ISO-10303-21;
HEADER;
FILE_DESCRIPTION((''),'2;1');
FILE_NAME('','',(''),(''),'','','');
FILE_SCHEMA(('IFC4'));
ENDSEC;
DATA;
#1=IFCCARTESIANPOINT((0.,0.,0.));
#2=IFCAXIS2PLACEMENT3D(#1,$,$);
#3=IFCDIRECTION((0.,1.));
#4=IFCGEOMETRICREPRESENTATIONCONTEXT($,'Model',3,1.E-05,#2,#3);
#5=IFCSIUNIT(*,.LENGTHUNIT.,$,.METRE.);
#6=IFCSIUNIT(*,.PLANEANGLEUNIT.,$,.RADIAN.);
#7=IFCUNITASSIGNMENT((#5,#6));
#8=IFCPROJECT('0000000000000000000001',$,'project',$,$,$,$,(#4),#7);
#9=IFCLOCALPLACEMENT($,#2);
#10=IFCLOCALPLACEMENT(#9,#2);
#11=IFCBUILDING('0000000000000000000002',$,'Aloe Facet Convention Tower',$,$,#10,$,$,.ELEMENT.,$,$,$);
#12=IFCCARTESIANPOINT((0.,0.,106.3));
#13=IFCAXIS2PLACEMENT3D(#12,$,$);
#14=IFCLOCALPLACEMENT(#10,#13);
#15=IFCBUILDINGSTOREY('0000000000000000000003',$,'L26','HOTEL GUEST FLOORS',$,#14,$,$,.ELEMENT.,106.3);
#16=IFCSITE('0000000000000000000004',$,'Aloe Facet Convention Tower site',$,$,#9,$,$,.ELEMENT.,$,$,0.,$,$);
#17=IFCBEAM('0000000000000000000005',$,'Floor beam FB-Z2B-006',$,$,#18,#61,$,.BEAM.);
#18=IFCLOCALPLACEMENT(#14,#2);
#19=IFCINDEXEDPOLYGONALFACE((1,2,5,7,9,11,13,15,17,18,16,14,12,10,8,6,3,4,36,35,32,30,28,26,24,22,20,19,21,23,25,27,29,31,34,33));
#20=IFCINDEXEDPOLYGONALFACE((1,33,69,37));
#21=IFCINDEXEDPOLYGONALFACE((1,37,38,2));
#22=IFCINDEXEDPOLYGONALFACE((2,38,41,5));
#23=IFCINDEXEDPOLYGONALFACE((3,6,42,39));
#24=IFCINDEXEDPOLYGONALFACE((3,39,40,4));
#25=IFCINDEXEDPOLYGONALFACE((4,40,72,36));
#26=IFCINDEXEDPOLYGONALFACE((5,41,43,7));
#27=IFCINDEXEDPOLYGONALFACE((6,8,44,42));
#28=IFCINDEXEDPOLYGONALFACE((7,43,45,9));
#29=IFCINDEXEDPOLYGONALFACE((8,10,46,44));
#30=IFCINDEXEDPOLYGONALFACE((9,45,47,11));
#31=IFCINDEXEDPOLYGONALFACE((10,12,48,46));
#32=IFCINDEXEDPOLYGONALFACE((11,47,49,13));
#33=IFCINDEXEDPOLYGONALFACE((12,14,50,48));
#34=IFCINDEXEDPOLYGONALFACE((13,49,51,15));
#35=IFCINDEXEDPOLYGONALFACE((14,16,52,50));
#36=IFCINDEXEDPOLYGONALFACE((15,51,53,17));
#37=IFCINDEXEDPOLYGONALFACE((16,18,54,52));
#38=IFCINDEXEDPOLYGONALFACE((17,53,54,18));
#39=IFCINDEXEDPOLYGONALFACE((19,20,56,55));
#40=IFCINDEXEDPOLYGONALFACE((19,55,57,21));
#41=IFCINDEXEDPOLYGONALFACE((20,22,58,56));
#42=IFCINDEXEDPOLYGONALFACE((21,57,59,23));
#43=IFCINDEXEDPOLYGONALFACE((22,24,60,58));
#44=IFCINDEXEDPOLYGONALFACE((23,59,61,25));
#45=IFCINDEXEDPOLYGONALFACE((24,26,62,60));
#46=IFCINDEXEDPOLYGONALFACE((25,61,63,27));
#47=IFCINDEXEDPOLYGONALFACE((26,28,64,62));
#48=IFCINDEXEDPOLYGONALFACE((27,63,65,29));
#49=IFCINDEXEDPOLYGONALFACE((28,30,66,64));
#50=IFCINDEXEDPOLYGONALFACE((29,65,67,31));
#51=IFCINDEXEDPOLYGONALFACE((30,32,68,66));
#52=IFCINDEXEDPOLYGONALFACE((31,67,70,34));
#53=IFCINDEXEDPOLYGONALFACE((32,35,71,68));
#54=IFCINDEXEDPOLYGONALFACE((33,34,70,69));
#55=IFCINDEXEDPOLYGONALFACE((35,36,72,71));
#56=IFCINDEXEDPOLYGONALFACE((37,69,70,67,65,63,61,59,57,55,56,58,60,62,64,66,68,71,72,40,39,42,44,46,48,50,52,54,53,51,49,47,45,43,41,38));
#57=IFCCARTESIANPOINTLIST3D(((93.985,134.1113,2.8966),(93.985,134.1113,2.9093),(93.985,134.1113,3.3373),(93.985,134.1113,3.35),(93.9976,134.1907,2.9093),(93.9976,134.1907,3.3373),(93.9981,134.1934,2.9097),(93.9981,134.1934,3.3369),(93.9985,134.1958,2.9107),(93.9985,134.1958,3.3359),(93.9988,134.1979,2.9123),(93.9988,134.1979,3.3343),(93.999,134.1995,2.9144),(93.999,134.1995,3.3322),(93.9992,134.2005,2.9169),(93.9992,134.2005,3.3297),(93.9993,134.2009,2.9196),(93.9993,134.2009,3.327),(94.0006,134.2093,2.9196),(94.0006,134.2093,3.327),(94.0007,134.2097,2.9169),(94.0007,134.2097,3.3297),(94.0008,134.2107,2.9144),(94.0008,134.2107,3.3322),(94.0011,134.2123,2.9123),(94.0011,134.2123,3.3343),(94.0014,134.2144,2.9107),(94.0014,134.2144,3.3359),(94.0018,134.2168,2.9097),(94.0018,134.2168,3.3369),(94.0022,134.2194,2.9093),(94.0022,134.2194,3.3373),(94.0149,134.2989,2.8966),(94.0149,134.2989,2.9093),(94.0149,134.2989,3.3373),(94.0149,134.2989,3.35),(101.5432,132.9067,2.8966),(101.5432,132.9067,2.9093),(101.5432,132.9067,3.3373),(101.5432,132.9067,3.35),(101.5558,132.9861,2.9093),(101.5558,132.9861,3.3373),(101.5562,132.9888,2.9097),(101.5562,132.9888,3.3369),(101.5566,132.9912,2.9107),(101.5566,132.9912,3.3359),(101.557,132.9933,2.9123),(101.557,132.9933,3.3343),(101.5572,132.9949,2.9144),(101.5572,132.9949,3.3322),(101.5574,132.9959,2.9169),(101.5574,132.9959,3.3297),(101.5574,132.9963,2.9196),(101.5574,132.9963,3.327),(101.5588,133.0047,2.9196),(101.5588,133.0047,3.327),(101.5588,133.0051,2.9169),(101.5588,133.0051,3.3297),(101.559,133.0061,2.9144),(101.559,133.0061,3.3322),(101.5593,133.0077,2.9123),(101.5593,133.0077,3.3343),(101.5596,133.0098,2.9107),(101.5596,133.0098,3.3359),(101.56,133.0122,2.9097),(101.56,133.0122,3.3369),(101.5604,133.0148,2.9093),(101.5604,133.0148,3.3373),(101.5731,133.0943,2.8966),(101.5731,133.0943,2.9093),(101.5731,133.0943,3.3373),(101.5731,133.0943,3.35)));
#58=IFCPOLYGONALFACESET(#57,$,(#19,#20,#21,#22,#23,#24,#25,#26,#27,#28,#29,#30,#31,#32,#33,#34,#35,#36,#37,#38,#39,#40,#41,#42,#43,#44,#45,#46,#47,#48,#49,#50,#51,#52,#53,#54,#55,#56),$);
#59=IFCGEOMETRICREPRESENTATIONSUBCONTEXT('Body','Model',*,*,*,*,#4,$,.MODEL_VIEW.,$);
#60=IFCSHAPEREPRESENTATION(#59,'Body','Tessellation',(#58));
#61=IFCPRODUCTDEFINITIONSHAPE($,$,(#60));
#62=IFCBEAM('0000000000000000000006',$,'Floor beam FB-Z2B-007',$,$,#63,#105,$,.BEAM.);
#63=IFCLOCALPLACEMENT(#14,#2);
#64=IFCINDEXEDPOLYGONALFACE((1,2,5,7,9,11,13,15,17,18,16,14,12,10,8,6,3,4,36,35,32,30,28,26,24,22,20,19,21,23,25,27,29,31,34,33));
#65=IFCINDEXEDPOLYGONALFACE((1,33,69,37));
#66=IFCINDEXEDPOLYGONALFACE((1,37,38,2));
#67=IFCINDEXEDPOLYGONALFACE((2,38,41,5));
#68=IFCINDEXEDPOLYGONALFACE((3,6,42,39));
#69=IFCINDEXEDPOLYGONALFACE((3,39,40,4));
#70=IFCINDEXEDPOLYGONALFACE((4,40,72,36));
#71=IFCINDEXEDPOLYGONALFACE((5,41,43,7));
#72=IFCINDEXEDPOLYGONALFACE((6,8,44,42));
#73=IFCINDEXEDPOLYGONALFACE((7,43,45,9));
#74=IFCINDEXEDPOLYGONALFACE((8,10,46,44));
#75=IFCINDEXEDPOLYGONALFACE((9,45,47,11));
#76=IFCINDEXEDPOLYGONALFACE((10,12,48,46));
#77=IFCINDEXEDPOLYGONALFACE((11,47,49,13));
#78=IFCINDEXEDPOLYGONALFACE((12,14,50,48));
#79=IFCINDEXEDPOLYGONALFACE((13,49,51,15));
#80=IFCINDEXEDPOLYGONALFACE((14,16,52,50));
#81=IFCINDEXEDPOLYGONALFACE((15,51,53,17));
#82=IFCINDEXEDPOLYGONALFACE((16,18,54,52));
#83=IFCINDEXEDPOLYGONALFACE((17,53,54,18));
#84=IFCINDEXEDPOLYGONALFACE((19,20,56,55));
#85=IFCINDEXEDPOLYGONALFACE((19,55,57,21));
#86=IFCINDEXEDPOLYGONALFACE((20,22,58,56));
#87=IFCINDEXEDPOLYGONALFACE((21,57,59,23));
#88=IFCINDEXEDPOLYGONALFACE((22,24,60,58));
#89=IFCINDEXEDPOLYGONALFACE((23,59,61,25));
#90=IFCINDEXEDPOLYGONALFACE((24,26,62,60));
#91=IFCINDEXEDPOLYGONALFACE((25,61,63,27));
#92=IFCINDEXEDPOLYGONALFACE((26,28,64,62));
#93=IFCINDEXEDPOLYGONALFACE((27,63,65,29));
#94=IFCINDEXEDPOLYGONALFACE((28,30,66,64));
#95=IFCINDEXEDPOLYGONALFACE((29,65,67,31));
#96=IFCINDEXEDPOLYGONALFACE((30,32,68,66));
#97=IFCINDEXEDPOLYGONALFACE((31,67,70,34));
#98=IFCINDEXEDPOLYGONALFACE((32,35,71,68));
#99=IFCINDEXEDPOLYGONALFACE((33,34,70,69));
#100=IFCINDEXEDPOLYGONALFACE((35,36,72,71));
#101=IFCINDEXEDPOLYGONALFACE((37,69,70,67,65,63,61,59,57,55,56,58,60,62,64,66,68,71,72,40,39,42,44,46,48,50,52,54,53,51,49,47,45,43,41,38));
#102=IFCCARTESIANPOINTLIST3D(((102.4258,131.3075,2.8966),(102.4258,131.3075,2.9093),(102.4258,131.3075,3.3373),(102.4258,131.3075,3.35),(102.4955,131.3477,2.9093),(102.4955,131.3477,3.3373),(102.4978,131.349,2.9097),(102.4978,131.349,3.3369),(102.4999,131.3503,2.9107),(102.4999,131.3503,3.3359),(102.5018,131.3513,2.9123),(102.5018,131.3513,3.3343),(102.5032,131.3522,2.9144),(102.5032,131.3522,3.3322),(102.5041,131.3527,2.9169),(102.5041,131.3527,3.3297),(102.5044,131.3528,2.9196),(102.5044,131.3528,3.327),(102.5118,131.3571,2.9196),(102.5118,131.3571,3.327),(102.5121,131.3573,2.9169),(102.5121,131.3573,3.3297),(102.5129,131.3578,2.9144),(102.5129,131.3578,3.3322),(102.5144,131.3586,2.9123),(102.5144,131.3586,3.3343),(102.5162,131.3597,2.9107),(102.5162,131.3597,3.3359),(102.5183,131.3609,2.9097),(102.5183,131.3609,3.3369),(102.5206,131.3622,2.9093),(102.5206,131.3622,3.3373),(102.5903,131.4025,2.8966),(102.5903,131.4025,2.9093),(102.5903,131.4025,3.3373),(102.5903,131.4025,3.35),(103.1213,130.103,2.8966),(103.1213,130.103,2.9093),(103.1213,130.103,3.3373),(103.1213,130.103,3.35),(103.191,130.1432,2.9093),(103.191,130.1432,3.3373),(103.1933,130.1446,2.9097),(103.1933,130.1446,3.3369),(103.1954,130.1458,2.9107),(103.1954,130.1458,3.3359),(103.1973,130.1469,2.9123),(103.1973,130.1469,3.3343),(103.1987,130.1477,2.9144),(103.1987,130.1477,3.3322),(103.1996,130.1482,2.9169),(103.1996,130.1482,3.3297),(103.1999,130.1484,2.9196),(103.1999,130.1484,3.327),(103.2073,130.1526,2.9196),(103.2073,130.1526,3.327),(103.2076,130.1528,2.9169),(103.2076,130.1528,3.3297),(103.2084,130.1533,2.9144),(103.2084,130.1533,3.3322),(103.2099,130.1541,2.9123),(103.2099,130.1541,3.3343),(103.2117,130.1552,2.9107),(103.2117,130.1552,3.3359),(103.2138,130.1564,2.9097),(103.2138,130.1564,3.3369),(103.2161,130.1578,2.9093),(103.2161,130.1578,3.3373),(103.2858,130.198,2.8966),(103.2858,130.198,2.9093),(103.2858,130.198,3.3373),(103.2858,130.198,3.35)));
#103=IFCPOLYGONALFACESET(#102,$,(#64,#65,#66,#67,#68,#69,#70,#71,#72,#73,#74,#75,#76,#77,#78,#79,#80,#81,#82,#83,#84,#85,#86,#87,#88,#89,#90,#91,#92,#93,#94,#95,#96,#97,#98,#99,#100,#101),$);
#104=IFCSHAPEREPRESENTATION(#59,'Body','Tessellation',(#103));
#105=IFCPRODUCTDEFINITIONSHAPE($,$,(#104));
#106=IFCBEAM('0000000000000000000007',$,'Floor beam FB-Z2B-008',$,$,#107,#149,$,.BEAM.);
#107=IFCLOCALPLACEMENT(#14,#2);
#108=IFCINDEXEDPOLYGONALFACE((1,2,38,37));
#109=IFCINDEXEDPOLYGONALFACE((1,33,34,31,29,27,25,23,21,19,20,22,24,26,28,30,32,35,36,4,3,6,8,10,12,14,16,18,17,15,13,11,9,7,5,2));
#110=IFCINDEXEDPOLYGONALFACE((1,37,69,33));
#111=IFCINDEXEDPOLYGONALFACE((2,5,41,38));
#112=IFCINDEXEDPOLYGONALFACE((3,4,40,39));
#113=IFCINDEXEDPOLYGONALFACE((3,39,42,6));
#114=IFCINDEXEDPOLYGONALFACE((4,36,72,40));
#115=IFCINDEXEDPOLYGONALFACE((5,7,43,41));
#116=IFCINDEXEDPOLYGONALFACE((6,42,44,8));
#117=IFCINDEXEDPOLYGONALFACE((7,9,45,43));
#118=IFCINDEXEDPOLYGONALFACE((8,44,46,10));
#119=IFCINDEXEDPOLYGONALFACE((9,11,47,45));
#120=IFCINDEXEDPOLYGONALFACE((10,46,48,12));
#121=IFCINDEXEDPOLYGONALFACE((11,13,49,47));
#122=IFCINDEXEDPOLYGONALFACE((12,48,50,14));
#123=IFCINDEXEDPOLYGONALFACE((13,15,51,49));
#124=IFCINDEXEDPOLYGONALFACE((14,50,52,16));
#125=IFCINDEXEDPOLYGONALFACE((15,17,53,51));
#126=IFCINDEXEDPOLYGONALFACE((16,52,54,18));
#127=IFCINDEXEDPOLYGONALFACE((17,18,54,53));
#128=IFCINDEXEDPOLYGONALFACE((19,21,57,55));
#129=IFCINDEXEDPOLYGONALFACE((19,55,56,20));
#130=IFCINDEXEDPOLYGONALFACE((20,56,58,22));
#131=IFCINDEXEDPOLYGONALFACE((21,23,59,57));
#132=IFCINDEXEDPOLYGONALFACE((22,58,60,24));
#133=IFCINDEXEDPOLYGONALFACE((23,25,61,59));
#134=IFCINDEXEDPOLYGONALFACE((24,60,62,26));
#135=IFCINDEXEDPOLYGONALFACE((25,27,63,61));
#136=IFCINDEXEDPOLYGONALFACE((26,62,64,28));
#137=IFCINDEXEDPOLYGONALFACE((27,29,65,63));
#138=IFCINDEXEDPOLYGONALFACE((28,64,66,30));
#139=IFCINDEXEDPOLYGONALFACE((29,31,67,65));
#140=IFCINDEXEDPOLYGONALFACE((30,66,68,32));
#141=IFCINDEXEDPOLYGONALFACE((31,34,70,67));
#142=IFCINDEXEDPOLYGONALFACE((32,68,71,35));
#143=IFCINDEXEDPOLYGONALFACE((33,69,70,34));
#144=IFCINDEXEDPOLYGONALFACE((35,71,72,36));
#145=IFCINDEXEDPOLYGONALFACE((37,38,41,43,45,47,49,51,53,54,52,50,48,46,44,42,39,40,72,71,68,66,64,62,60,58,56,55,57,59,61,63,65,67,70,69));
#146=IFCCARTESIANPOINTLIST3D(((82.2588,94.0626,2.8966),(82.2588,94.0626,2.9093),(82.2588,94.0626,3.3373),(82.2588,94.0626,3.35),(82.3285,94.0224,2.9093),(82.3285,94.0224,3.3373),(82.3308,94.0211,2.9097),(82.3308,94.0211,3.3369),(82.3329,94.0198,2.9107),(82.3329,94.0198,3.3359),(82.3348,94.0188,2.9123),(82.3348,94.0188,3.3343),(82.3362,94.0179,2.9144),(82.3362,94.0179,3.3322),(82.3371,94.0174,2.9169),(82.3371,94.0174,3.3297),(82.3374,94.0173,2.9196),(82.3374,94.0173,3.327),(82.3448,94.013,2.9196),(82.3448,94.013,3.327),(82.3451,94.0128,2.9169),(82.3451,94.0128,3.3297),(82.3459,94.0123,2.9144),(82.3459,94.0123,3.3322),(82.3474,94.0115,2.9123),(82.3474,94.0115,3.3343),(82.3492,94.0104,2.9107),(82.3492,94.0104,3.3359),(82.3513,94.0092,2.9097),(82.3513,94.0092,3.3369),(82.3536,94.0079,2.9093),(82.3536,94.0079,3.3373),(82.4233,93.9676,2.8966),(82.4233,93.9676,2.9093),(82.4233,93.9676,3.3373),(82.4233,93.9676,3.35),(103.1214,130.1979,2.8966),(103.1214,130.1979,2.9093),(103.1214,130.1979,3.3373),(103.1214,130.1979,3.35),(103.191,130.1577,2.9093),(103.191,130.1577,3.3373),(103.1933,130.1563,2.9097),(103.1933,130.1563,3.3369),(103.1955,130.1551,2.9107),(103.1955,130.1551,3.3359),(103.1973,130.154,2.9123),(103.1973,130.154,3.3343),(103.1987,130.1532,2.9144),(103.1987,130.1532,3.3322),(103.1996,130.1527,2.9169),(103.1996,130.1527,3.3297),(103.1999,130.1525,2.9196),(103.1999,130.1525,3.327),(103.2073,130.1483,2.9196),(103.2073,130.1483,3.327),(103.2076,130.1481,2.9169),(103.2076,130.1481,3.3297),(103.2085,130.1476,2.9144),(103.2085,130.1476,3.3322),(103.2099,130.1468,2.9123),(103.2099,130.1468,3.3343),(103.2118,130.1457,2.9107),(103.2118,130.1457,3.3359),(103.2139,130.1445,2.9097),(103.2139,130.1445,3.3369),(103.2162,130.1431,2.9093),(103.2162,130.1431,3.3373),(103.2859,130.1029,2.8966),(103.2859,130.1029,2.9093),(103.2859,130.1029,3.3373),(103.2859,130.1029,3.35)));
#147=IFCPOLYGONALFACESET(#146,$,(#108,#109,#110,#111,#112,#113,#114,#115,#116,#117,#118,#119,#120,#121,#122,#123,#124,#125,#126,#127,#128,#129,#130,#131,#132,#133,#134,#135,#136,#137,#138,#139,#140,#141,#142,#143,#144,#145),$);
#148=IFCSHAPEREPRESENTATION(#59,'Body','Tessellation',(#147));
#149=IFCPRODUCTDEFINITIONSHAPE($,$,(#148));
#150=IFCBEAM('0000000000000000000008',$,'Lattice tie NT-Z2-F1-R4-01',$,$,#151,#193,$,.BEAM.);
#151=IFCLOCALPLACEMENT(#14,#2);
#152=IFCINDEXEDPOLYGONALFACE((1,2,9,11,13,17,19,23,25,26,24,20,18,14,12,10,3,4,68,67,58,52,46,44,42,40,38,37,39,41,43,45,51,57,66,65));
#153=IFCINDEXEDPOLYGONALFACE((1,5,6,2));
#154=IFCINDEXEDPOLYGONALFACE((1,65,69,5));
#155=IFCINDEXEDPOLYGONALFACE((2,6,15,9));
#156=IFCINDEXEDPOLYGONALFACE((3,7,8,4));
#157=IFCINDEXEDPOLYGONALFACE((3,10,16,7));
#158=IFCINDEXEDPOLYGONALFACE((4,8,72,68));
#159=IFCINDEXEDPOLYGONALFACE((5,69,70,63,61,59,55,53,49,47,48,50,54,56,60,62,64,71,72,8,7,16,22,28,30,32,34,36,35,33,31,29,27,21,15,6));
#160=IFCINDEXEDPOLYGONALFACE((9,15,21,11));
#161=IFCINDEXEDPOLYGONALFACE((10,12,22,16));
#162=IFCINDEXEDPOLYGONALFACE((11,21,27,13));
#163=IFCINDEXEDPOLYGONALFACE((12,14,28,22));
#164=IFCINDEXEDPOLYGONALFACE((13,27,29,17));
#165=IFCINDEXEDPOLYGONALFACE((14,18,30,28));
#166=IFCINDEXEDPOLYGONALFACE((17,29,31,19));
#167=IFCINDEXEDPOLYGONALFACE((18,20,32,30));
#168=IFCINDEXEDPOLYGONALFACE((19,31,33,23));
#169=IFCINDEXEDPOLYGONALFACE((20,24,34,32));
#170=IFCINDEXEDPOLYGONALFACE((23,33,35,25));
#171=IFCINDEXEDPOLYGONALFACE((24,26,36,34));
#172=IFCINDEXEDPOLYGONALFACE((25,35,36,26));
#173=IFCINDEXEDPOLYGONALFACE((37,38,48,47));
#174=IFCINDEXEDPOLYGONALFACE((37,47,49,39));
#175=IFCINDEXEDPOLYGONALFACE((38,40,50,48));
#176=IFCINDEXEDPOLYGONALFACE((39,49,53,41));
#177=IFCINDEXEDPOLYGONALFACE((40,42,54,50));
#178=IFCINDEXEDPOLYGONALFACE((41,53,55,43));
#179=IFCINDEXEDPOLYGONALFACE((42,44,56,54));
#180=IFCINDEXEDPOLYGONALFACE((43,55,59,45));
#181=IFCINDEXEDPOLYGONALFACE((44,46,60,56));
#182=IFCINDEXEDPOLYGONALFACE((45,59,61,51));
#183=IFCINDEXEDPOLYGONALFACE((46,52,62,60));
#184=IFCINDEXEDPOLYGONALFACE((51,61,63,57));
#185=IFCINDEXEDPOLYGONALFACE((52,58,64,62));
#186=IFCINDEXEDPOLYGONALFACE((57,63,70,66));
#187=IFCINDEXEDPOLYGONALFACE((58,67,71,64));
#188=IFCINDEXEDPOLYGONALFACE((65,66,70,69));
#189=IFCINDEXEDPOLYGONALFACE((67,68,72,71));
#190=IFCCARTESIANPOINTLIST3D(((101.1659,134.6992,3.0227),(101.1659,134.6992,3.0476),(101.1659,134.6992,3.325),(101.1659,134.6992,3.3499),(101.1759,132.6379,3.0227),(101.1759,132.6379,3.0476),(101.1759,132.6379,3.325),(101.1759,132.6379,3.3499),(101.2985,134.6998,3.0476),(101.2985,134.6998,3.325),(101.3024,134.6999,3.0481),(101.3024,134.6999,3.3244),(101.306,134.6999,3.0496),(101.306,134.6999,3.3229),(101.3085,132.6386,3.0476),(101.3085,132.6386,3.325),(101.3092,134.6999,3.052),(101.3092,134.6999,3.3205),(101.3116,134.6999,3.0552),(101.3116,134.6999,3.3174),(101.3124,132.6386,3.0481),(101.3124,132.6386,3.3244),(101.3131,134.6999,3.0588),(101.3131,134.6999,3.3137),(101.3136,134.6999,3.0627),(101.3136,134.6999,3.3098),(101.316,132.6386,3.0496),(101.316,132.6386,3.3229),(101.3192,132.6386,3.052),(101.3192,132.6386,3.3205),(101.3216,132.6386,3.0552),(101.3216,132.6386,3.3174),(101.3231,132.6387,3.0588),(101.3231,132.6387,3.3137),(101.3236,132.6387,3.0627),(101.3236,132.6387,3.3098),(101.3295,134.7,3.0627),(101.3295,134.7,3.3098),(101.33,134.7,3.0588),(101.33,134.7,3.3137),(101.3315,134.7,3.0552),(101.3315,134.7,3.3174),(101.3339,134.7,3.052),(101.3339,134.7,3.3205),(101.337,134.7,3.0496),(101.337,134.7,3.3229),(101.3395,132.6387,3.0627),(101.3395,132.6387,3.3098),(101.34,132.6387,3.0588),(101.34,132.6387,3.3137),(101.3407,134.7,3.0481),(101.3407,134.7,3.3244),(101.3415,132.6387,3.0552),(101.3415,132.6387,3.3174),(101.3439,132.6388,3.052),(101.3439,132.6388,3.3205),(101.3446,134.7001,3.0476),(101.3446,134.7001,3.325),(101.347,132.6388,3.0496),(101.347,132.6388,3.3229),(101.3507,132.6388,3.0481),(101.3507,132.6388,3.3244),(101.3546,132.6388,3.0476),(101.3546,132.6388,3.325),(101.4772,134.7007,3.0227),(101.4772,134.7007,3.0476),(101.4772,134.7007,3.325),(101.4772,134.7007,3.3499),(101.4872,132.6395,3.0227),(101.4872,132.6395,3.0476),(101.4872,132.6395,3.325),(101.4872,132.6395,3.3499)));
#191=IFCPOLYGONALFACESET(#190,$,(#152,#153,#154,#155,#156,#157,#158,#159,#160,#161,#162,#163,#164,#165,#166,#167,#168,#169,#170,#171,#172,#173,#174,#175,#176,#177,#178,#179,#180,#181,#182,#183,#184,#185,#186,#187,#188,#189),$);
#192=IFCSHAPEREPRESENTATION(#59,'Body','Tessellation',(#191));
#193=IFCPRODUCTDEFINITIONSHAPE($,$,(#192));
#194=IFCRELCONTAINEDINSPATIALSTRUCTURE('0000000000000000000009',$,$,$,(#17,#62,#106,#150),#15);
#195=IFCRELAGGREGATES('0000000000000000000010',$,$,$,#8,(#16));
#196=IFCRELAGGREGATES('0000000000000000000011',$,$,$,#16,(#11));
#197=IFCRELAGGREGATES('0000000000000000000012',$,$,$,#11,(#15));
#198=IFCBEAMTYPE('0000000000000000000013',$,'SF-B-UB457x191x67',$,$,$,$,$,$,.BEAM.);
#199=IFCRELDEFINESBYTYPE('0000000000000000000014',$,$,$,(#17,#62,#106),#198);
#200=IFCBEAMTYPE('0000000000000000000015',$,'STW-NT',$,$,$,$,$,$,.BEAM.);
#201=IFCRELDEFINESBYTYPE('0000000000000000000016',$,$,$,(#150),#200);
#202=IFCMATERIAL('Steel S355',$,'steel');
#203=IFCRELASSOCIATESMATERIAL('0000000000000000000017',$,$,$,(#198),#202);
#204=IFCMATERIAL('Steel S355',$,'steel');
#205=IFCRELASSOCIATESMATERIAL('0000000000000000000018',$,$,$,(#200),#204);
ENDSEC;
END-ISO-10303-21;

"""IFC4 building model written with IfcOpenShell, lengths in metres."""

from ifc_helpers import new_model, si_unit, direction, frame, origin, origin_2d, place, context, subcontext, project, spatial, i_section, extrude, material, material_profile, profile_set, type_object, element, save


model = new_model("IFC4")

# Units and contexts
model_context = context("Model", 3, precision=1e-05, world=origin(), true_north=direction((0.0, 1.0)))
body_context = subcontext(model_context, "Body", "Model", "MODEL_VIEW")
ifc_project = project(units=[si_unit("LENGTHUNIT", "METRE"), si_unit("PLANEANGLEUNIT", "RADIAN")], contexts=[model_context])

# Site, building, storey
site_placement = place(None, origin())
site = spatial("IfcSite", under=ifc_project, at=site_placement, Name="Aloe Facet Convention Tower site", CompositionType="ELEMENT", RefElevation=0.0)
building_placement = place(site_placement, origin())
building = spatial("IfcBuilding", under=site, at=building_placement, Name="Aloe Facet Convention Tower", CompositionType="ELEMENT")
storey_placement = place(building_placement, frame((0.0, 0.0, 106.3)))
storey = spatial("IfcBuildingStorey", under=building, at=storey_placement, Name="L26", Description="HOTEL GUEST FLOORS", CompositionType="ELEMENT", Elevation=106.3)

# Beams
ifc_material_1 = material(Name="Steel S355", Category="steel")
ifc_material_profile_1 = material_profile(ifc_material_1, i_section(OverallWidth=0.1899, OverallDepth=0.4534, WebThickness=0.0085, FlangeThickness=0.0127, FilletRadius=0.0103, at=origin_2d()), Name="UB 457x191x67")
ifc_profile_set_1 = profile_set([ifc_material_profile_1], Name="Steel S355")
beam_type_1 = type_object("IfcBeamType", Name="SF-B-UB457x191x67", PredefinedType="BEAM", material=ifc_profile_set_1)
beam_1_placement = place(storey_placement, frame((101.5581, 133.0005, 3.1233), z_axis=(-0.987536, 0.157391, 0.0), x_axis=(-0.157391, -0.987536, 0.0)))
element("IfcBeam", 1, at=beam_1_placement, inside=storey, type_object=beam_type_1, Name="Floor beam FB-Z2B-006", PredefinedType="BEAM", context=body_context, shape_type="SweptSolid", body=[
    extrude(i_section(OverallWidth=0.1899, OverallDepth=0.4534, WebThickness=0.0085, FlangeThickness=0.0127, FilletRadius=0.0103, at=origin_2d()), origin(), (0.0, 0.0, 1.0), 7.6536),
])
beam_2_placement = place(storey_placement, frame((102.5081, 131.355, 3.1233), z_axis=(0.500047, -0.865999, 0.0), x_axis=(0.865999, 0.500047, 0.0)))
element("IfcBeam", 2, at=beam_2_placement, inside=storey, type_object=beam_type_1, Name="Floor beam FB-Z2B-007", PredefinedType="BEAM", context=body_context, shape_type="SweptSolid", body=[
    extrude(i_section(OverallWidth=0.1899, OverallDepth=0.4534, WebThickness=0.0085, FlangeThickness=0.0127, FilletRadius=0.0103, at=origin_2d()), origin(), (0.0, 0.0, 1.0), 1.3909),
])
beam_3_placement = place(storey_placement, frame((103.2036, 130.1504, 3.1233), z_axis=(-0.499997, -0.866027, 0.0), x_axis=(0.866027, -0.499997, 0.0)))
element("IfcBeam", 3, at=beam_3_placement, inside=storey, type_object=beam_type_1, Name="Floor beam FB-Z2B-008", PredefinedType="BEAM", context=body_context, shape_type="SweptSolid", body=[
    extrude(i_section(OverallWidth=0.1899, OverallDepth=0.4534, WebThickness=0.0085, FlangeThickness=0.0127, FilletRadius=0.0103, at=origin_2d()), origin(), (0.0, 0.0, 1.0), 41.7253),
])
ifc_material_2 = material(Name="Steel S355", Category="steel")
ifc_material_profile_2 = material_profile(ifc_material_2, i_section(OverallWidth=0.3113, OverallDepth=0.3271, WebThickness=0.0159, FlangeThickness=0.0249, FilletRadius=0.0151, at=origin_2d()), Name="UC 305x305x158")
ifc_profile_set_2 = profile_set([ifc_material_profile_2], Name="Steel S355")
beam_type_2 = type_object("IfcBeamType", Name="STW-NT", PredefinedType="BEAM", material=ifc_profile_set_2)
beam_4_placement = place(storey_placement, frame((101.3215, 134.7, 3.1863), z_axis=(0.004856, -0.999988, 0.0), x_axis=(0.999988, 0.004856, 0.0)))
element("IfcBeam", 4, at=beam_4_placement, inside=storey, type_object=beam_type_2, Name="Lattice tie NT-Z2-F1-R4-01", PredefinedType="BEAM", context=body_context, shape_type="SweptSolid", body=[
    extrude(i_section(OverallWidth=0.3113, OverallDepth=0.3271, WebThickness=0.0159, FlangeThickness=0.0249, FilletRadius=0.0151, at=origin_2d()), origin(), (0.0, 0.0, 1.0), 2.0613),
])

save(model, "model.ifc")
